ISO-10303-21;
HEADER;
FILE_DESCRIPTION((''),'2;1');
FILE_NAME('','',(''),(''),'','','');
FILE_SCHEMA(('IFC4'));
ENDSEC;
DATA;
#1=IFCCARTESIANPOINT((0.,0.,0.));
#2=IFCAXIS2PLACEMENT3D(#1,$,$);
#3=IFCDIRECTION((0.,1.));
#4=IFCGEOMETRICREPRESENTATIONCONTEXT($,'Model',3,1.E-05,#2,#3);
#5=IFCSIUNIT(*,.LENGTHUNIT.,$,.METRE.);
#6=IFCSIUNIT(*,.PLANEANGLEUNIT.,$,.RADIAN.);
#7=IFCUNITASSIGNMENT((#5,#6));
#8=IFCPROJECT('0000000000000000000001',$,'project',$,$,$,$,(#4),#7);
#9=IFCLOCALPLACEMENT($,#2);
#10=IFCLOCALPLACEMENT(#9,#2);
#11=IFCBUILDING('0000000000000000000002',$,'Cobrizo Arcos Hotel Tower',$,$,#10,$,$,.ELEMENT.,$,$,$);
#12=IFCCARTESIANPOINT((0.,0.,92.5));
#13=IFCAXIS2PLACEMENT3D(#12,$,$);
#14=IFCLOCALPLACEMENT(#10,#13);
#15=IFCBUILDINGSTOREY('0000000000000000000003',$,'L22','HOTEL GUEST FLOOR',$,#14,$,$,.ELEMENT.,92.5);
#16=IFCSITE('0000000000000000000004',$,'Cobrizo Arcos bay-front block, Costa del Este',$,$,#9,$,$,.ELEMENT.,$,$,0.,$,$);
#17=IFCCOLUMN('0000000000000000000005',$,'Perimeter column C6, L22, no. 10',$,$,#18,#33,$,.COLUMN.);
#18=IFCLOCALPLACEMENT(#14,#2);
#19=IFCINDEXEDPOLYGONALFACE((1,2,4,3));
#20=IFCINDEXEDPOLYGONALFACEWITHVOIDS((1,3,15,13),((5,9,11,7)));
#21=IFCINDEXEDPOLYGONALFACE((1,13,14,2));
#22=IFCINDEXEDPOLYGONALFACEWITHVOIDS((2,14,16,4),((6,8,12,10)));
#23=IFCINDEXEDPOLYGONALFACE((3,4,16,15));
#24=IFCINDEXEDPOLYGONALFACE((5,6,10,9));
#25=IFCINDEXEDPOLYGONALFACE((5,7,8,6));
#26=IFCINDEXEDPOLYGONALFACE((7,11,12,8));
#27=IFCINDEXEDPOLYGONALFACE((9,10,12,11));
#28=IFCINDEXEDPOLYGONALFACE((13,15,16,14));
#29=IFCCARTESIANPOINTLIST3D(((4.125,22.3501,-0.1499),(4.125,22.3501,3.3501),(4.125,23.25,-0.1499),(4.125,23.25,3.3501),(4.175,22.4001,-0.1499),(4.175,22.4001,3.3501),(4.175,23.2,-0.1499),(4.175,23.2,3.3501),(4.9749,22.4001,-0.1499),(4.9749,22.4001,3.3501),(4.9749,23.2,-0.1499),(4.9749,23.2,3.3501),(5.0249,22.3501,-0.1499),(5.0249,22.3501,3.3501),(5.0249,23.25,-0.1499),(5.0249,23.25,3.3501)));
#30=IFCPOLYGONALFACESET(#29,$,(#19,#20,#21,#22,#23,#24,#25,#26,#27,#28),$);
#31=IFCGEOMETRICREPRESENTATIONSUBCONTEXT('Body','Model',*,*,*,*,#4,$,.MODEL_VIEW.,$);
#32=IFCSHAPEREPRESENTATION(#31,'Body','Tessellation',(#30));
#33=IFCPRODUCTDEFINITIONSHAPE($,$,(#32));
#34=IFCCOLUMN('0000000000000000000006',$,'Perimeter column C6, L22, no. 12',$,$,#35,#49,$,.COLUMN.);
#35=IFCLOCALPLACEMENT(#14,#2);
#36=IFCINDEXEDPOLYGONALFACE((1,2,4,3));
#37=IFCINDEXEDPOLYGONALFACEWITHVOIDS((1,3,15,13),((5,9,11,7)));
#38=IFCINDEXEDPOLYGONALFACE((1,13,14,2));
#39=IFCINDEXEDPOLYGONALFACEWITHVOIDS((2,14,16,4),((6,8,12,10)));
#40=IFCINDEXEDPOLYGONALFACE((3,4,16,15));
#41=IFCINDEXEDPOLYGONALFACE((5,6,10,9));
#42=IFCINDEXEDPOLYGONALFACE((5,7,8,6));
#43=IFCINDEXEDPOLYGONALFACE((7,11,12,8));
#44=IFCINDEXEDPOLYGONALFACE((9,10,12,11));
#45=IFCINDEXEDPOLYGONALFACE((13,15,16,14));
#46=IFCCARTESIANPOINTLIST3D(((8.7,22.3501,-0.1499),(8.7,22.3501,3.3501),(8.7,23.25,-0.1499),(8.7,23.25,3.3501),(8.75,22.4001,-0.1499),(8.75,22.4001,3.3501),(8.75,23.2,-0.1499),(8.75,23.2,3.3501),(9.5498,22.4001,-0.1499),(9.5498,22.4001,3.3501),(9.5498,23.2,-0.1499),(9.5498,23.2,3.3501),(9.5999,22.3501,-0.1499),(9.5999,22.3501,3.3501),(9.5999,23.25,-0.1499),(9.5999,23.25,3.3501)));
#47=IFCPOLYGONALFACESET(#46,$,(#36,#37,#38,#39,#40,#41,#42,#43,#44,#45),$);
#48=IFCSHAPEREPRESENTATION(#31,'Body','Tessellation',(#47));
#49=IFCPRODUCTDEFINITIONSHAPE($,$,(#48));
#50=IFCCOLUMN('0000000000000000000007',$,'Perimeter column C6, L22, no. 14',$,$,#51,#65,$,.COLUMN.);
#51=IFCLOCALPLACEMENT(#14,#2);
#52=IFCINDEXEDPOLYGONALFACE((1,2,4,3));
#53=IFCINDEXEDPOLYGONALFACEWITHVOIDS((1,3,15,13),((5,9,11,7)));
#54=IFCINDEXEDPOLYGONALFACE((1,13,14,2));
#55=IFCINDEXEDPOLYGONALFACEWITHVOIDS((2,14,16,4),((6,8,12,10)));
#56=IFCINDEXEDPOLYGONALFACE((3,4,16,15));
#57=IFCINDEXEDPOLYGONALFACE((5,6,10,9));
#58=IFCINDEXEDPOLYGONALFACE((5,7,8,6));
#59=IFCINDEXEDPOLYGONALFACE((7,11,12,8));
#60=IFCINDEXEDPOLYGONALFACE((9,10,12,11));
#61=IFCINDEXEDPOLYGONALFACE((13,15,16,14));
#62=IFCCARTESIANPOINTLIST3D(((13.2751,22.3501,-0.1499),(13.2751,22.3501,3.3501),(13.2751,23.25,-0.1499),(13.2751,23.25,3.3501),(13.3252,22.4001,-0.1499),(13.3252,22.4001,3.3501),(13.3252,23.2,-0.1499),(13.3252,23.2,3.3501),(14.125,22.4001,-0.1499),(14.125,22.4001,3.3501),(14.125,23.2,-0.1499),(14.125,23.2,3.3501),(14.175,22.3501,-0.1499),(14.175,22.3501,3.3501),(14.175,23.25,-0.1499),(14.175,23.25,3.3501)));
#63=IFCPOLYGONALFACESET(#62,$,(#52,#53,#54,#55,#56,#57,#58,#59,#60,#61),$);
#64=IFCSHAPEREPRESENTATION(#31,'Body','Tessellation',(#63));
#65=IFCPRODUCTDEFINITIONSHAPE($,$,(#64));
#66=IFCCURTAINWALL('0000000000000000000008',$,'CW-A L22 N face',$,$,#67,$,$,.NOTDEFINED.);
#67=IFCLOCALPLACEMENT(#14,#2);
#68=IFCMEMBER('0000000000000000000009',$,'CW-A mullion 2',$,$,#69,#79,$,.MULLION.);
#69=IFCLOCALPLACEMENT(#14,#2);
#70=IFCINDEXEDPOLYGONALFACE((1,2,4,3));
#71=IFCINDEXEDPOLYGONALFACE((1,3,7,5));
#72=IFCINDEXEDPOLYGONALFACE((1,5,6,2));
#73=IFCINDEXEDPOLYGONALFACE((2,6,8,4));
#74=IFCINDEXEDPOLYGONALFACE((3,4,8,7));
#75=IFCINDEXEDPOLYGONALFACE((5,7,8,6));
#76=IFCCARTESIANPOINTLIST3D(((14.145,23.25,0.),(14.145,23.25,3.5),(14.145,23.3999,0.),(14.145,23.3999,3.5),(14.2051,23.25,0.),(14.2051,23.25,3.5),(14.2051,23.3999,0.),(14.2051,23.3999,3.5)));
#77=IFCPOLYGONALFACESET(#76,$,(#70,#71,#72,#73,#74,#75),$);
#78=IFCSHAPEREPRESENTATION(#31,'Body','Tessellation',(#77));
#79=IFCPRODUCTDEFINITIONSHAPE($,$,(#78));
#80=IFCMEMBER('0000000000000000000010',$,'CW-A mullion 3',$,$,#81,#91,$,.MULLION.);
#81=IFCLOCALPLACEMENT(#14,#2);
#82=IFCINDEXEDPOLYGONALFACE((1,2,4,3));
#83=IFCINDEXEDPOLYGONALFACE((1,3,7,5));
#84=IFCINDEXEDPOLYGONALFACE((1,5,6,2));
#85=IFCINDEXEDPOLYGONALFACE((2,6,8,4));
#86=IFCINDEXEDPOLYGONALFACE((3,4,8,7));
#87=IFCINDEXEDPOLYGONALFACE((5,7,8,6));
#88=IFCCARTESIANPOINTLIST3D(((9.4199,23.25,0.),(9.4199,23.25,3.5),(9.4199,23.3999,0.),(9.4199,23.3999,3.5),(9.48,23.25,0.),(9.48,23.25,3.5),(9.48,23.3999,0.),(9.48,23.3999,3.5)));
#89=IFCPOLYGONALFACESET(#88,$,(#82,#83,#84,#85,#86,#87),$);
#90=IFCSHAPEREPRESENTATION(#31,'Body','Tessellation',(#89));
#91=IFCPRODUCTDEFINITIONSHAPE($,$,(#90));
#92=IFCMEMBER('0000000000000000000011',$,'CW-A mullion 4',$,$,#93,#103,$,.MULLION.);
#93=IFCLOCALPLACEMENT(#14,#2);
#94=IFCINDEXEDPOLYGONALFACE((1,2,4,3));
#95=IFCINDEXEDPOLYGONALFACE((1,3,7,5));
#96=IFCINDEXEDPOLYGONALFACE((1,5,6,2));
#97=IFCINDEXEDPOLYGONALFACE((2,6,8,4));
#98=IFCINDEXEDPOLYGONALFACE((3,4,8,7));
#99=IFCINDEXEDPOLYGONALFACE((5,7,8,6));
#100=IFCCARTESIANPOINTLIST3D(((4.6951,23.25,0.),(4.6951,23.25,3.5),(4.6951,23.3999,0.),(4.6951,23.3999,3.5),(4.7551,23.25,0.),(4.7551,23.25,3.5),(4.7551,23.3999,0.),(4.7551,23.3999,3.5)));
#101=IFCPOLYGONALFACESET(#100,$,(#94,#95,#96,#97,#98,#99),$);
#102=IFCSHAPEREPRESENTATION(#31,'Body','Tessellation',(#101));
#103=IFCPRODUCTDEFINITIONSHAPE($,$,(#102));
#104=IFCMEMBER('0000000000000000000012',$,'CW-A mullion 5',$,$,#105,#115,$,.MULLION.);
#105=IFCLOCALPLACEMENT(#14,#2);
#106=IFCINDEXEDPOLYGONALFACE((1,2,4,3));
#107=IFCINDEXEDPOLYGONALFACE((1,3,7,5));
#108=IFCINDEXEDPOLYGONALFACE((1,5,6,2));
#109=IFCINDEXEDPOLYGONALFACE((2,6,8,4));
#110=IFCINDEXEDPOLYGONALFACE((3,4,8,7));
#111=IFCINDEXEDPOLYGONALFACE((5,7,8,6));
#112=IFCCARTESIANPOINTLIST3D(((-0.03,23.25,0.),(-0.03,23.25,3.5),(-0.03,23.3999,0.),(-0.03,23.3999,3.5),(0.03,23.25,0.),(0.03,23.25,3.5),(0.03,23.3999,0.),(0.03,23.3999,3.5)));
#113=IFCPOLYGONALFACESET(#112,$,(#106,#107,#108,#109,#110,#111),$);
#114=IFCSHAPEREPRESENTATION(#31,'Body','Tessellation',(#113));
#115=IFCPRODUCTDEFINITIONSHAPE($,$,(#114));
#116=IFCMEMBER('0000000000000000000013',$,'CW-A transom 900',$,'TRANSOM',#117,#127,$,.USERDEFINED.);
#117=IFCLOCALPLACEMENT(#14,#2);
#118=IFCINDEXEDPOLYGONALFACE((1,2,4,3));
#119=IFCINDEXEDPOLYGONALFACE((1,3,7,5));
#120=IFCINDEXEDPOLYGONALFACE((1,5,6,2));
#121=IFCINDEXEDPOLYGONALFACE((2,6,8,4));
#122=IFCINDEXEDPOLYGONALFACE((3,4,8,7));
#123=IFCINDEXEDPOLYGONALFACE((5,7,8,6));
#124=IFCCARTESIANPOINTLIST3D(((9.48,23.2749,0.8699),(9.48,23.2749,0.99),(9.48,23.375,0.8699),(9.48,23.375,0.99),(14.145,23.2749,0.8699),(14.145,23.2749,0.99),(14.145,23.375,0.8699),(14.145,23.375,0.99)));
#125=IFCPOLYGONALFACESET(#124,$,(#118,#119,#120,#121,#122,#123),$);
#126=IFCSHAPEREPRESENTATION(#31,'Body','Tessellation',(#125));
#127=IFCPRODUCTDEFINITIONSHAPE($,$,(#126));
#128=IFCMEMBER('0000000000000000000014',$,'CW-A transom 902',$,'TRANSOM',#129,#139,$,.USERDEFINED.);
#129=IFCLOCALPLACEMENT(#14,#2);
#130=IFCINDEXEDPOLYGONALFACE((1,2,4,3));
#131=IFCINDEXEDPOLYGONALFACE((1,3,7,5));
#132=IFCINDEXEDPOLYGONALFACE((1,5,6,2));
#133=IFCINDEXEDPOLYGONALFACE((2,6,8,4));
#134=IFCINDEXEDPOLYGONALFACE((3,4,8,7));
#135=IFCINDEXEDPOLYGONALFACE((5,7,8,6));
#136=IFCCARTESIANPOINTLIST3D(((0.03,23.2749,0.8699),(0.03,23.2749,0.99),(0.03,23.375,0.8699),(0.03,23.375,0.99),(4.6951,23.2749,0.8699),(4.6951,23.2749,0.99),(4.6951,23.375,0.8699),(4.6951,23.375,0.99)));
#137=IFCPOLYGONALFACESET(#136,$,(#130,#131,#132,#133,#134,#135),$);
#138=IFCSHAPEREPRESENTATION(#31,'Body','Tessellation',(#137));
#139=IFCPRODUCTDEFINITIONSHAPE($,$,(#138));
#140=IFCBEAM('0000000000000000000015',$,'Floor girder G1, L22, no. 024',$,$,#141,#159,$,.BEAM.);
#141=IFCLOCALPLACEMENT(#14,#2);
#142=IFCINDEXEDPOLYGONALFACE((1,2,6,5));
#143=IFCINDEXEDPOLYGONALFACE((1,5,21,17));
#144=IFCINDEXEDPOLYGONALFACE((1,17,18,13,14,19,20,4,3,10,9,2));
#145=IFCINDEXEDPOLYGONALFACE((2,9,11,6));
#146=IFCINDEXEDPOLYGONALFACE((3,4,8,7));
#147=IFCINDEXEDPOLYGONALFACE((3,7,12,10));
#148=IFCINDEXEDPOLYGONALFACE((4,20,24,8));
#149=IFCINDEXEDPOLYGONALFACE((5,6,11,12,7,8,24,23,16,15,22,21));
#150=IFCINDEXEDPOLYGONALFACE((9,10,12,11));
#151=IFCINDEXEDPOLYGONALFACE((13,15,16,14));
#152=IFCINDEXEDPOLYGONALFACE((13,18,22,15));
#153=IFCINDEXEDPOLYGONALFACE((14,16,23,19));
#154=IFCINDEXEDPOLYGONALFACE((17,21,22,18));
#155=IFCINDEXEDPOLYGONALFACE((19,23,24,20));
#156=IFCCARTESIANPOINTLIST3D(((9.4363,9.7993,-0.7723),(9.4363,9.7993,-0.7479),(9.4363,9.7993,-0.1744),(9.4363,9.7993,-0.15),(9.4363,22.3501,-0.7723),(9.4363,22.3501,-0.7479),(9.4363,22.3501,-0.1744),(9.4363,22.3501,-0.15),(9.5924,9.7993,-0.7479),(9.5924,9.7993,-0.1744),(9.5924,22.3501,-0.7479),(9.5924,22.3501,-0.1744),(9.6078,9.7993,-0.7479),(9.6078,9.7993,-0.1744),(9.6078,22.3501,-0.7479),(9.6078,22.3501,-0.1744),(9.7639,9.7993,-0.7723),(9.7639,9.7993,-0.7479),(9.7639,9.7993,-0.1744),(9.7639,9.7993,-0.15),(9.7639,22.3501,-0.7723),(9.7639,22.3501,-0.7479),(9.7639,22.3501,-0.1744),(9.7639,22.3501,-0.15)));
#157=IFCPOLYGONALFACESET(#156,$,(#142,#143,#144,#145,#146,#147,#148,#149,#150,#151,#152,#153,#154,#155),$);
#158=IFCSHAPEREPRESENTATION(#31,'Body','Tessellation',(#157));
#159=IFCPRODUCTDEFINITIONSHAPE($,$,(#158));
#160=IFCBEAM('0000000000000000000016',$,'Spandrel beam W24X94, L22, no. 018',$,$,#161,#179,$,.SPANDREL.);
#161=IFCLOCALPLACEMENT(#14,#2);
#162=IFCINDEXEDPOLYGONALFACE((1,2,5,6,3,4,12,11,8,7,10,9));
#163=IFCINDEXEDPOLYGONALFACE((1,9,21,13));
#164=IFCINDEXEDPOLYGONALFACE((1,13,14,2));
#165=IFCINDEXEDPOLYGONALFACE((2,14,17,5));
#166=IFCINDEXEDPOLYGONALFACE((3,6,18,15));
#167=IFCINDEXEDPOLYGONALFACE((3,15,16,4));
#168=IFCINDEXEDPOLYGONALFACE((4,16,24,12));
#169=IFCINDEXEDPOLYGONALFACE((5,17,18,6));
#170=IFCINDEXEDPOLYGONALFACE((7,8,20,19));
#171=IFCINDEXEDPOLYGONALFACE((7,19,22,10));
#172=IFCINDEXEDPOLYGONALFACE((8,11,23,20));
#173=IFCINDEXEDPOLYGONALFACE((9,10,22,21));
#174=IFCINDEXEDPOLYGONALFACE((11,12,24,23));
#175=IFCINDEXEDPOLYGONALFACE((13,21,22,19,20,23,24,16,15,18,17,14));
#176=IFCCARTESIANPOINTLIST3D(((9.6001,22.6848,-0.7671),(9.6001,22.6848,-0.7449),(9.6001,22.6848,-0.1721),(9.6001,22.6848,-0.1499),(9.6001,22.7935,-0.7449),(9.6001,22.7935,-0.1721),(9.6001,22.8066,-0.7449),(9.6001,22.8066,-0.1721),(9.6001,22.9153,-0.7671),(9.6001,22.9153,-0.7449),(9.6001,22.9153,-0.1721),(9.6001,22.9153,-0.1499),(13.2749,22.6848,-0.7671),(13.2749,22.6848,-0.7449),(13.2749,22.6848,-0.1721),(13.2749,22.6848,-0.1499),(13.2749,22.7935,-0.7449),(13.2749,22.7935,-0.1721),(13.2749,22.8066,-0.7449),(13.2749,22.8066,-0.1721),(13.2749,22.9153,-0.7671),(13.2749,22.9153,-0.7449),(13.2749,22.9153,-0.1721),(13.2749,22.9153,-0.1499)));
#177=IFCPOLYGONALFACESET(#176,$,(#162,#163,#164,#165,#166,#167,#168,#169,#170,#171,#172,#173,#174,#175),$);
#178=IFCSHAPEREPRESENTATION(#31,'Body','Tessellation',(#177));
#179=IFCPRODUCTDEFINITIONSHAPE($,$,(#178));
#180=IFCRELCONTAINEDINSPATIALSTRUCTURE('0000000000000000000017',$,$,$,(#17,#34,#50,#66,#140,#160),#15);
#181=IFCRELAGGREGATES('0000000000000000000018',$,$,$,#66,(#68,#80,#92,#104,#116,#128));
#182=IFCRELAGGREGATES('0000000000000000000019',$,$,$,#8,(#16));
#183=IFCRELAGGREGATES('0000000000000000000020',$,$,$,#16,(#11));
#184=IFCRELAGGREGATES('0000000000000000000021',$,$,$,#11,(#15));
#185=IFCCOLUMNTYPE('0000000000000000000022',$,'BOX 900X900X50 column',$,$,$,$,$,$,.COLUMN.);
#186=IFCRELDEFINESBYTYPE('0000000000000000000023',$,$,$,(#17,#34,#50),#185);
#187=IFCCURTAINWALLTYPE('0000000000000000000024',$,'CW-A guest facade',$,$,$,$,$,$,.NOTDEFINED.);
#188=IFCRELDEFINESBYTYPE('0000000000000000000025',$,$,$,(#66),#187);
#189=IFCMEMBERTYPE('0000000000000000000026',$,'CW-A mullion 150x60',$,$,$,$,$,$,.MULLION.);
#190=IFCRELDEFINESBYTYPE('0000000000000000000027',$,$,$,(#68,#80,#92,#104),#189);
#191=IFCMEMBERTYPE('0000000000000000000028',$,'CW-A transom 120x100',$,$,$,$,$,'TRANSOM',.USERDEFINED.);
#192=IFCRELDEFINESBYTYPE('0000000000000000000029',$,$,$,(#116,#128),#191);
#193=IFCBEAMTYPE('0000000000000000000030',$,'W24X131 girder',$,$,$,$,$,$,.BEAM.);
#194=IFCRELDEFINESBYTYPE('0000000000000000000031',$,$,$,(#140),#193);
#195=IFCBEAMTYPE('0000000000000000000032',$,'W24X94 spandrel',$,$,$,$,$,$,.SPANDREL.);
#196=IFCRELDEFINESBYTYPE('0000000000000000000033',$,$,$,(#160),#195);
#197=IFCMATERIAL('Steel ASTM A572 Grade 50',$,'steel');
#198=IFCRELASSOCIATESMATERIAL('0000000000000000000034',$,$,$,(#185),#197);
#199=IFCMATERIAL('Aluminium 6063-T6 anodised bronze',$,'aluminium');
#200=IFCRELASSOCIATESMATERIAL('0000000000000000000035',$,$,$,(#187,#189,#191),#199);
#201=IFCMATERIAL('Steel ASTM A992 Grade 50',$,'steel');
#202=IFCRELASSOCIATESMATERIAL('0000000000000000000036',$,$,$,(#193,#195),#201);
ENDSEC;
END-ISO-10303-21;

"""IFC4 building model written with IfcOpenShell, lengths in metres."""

from ifc_helpers import new_model, si_unit, direction, frame, origin, origin_2d, place, context, subcontext, project, spatial, rectangle, hollow_rectangle, i_section, extrude, material, material_profile, profile_set, type_object, element, aggregate, save


model = new_model("IFC4")

# Units and contexts
model_context = context("Model", 3, precision=1e-05, world=origin(), true_north=direction((0.0, 1.0)))
body_context = subcontext(model_context, "Body", "Model", "MODEL_VIEW")
ifc_project = project(units=[si_unit("LENGTHUNIT", "METRE"), si_unit("PLANEANGLEUNIT", "RADIAN")], contexts=[model_context])

# Site, building, storey
site_placement = place(None, origin())
site = spatial("IfcSite", under=ifc_project, at=site_placement, Name="Cobrizo Arcos bay-front block, Costa del Este", CompositionType="ELEMENT", RefElevation=0.0)
building_placement = place(site_placement, origin())
building = spatial("IfcBuilding", under=site, at=building_placement, Name="Cobrizo Arcos Hotel Tower", CompositionType="ELEMENT")
storey_placement = place(building_placement, frame((0.0, 0.0, 92.5)))
storey = spatial("IfcBuildingStorey", under=building, at=storey_placement, Name="L22", Description="HOTEL GUEST FLOOR", CompositionType="ELEMENT", Elevation=92.5)

# Columns
ifc_material_1 = material(Name="Steel ASTM A572 Grade 50", Category="steel")
ifc_material_profile_1 = material_profile(ifc_material_1, hollow_rectangle(XDim=0.8999, YDim=0.8999, WallThickness=0.05, at=origin_2d()), Name="BOX 900X900X50")
ifc_profile_set_1 = profile_set([ifc_material_profile_1], Name="Steel ASTM A572 Grade 50")
column_type = type_object("IfcColumnType", Name="BOX 900X900X50 column", PredefinedType="COLUMN", material=ifc_profile_set_1)
for number, where, z_axis, x_axis, name in (
    (1, (4.575, 22.8, -0.1499), (0.0, 0.0, 1.0), (1.0, 0.0, 0.0), "Perimeter column C6, L22, no. 10"),
    (2, (9.1499, 22.8, -0.1499), (0.0, 0.0, 1.0), (1.0, 0.0, 0.0), "Perimeter column C6, L22, no. 12"),
    (3, (13.7251, 22.8, -0.1499), (0.0, 0.0, 1.0), (1.0, 0.0, 0.0), "Perimeter column C6, L22, no. 14"),
):
    element("IfcColumn", number, at=place(storey_placement, frame(where, z_axis=z_axis, x_axis=x_axis)), inside=storey, type_object=column_type, Name=name, PredefinedType="COLUMN", context=body_context, shape_type="SweptSolid", body=[
        extrude(hollow_rectangle(XDim=0.8999, YDim=0.8999, WallThickness=0.05, at=origin_2d()), origin(), (0.0, 0.0, 1.0), 3.5),
    ])

# Curtain wall, members
ifc_material_2 = material(Name="Aluminium 6063-T6 anodised bronze", Category="aluminium")
curtain_wall_type = type_object("IfcCurtainWallType", Name="CW-A guest facade", PredefinedType="NOTDEFINED", material=ifc_material_2)
curtain_wall_placement = place(storey_placement, origin())
curtain_wall = element("IfcCurtainWall", 4, at=curtain_wall_placement, inside=storey, type_object=curtain_wall_type, Name="CW-A L22 N face", PredefinedType="NOTDEFINED")
ifc_material_profile_2 = material_profile(ifc_material_2, rectangle(XDim=0.1499, YDim=0.0601, at=origin_2d()), Name="CW-A mullion 150x60")
ifc_profile_set_2 = profile_set([ifc_material_profile_2], Name="Aluminium 6063-T6 anodised bronze")
member_type_1 = type_object("IfcMemberType", Name="CW-A mullion 150x60", PredefinedType="MULLION", material=ifc_profile_set_2)
member_1_placement = place(storey_placement, frame((14.175, 23.325, 0.0), z_axis=(0.0, 0.0, 1.0), x_axis=(0.0, 1.0, 0.0)))
member_1 = element("IfcMember", 5, at=member_1_placement, type_object=member_type_1, Name="CW-A mullion 2", PredefinedType="MULLION", context=body_context, shape_type="SweptSolid", body=[
    extrude(rectangle(XDim=0.1499, YDim=0.0601, at=origin_2d()), origin(), (0.0, 0.0, 1.0), 3.5),
])
member_2_placement = place(storey_placement, frame((9.45, 23.325, 0.0), z_axis=(0.0, 0.0, 1.0), x_axis=(0.0, 1.0, 0.0)))
member_2 = element("IfcMember", 6, at=member_2_placement, type_object=member_type_1, Name="CW-A mullion 3", PredefinedType="MULLION", context=body_context, shape_type="SweptSolid", body=[
    extrude(rectangle(XDim=0.1499, YDim=0.0601, at=origin_2d()), origin(), (0.0, 0.0, 1.0), 3.5),
])
member_3_placement = place(storey_placement, frame((4.7251, 23.325, 0.0), z_axis=(0.0, 0.0, 1.0), x_axis=(0.0, 1.0, 0.0)))
member_3 = element("IfcMember", 7, at=member_3_placement, type_object=member_type_1, Name="CW-A mullion 4", PredefinedType="MULLION", context=body_context, shape_type="SweptSolid", body=[
    extrude(rectangle(XDim=0.1499, YDim=0.0601, at=origin_2d()), origin(), (0.0, 0.0, 1.0), 3.5),
])
member_4_placement = place(storey_placement, frame((0.0, 23.325, 0.0), z_axis=(0.0, 0.0, 1.0), x_axis=(0.0, 1.0, 0.0)))
member_4 = element("IfcMember", 8, at=member_4_placement, type_object=member_type_1, Name="CW-A mullion 5", PredefinedType="MULLION", context=body_context, shape_type="SweptSolid", body=[
    extrude(rectangle(XDim=0.1499, YDim=0.0601, at=origin_2d()), origin(), (0.0, 0.0, 1.0), 3.5),
])
ifc_material_profile_3 = material_profile(ifc_material_2, rectangle(XDim=0.1001, YDim=0.1201, at=origin_2d()), Name="CW-A transom 120x100")
ifc_profile_set_3 = profile_set([ifc_material_profile_3], Name="Aluminium 6063-T6 anodised bronze")
member_type_2 = type_object("IfcMemberType", Name="CW-A transom 120x100", ElementType="TRANSOM", PredefinedType="USERDEFINED", material=ifc_profile_set_3)
member_5_placement = place(storey_placement, frame((14.145, 23.325, 0.9299), z_axis=(-1.0, 0.0, 0.0), x_axis=(0.0, -1.0, 0.0)))
member_5 = element("IfcMember", 9, at=member_5_placement, type_object=member_type_2, Name="CW-A transom 900", ObjectType="TRANSOM", PredefinedType="USERDEFINED", context=body_context, shape_type="SweptSolid", body=[
    extrude(rectangle(XDim=0.1001, YDim=0.1201, at=origin_2d()), origin(), (0.0, 0.0, 1.0), 4.665),
])
member_6_placement = place(storey_placement, frame((4.6951, 23.325, 0.9299), z_axis=(-1.0, 0.0, 0.0), x_axis=(0.0, -1.0, 0.0)))
member_6 = element("IfcMember", 10, at=member_6_placement, type_object=member_type_2, Name="CW-A transom 902", ObjectType="TRANSOM", PredefinedType="USERDEFINED", context=body_context, shape_type="SweptSolid", body=[
    extrude(rectangle(XDim=0.1001, YDim=0.1201, at=origin_2d()), origin(), (0.0, 0.0, 1.0), 4.665),
])

# Beams
ifc_material_3 = material(Name="Steel ASTM A992 Grade 50", Category="steel")
ifc_material_profile_4 = material_profile(ifc_material_3, i_section(OverallWidth=0.3276, OverallDepth=0.6223, WebThickness=0.0154, FlangeThickness=0.0244, at=origin_2d()), Name="W24X131")
ifc_profile_set_4 = profile_set([ifc_material_profile_4], Name="Steel ASTM A992 Grade 50")
beam_type_1 = type_object("IfcBeamType", Name="W24X131 girder", PredefinedType="BEAM", material=ifc_profile_set_4)
beam_1_placement = place(storey_placement, frame((9.6001, 9.7993, -0.4612), z_axis=(0.0, 1.0, 0.0), x_axis=(-1.0, 0.0, 0.0)))
element("IfcBeam", 11, at=beam_1_placement, inside=storey, type_object=beam_type_1, Name="Floor girder G1, L22, no. 024", PredefinedType="BEAM", context=body_context, shape_type="SweptSolid", body=[
    extrude(i_section(OverallWidth=0.3276, OverallDepth=0.6223, WebThickness=0.0154, FlangeThickness=0.0244, at=origin_2d()), origin(), (0.0, 0.0, 1.0), 12.5508),
])
ifc_material_profile_5 = material_profile(ifc_material_3, i_section(OverallWidth=0.2305, OverallDepth=0.6172, WebThickness=0.0132, FlangeThickness=0.0222, at=origin_2d()), Name="W24X94")
ifc_profile_set_5 = profile_set([ifc_material_profile_5], Name="Steel ASTM A992 Grade 50")
beam_type_2 = type_object("IfcBeamType", Name="W24X94 spandrel", PredefinedType="SPANDREL", material=ifc_profile_set_5)
beam_2_placement = place(storey_placement, frame((13.2749, 22.8, -0.4585), z_axis=(-1.0, 0.0, 0.0), x_axis=(0.0, -1.0, 0.0)))
element("IfcBeam", 12, at=beam_2_placement, inside=storey, type_object=beam_type_2, Name="Spandrel beam W24X94, L22, no. 018", PredefinedType="SPANDREL", context=body_context, shape_type="SweptSolid", body=[
    extrude(i_section(OverallWidth=0.2305, OverallDepth=0.6172, WebThickness=0.0132, FlangeThickness=0.0222, at=origin_2d()), origin(), (0.0, 0.0, 1.0), 3.6748),
])

aggregate(curtain_wall, [member_1, member_2, member_3, member_4, member_5, member_6])

save(model, "model.ifc")
